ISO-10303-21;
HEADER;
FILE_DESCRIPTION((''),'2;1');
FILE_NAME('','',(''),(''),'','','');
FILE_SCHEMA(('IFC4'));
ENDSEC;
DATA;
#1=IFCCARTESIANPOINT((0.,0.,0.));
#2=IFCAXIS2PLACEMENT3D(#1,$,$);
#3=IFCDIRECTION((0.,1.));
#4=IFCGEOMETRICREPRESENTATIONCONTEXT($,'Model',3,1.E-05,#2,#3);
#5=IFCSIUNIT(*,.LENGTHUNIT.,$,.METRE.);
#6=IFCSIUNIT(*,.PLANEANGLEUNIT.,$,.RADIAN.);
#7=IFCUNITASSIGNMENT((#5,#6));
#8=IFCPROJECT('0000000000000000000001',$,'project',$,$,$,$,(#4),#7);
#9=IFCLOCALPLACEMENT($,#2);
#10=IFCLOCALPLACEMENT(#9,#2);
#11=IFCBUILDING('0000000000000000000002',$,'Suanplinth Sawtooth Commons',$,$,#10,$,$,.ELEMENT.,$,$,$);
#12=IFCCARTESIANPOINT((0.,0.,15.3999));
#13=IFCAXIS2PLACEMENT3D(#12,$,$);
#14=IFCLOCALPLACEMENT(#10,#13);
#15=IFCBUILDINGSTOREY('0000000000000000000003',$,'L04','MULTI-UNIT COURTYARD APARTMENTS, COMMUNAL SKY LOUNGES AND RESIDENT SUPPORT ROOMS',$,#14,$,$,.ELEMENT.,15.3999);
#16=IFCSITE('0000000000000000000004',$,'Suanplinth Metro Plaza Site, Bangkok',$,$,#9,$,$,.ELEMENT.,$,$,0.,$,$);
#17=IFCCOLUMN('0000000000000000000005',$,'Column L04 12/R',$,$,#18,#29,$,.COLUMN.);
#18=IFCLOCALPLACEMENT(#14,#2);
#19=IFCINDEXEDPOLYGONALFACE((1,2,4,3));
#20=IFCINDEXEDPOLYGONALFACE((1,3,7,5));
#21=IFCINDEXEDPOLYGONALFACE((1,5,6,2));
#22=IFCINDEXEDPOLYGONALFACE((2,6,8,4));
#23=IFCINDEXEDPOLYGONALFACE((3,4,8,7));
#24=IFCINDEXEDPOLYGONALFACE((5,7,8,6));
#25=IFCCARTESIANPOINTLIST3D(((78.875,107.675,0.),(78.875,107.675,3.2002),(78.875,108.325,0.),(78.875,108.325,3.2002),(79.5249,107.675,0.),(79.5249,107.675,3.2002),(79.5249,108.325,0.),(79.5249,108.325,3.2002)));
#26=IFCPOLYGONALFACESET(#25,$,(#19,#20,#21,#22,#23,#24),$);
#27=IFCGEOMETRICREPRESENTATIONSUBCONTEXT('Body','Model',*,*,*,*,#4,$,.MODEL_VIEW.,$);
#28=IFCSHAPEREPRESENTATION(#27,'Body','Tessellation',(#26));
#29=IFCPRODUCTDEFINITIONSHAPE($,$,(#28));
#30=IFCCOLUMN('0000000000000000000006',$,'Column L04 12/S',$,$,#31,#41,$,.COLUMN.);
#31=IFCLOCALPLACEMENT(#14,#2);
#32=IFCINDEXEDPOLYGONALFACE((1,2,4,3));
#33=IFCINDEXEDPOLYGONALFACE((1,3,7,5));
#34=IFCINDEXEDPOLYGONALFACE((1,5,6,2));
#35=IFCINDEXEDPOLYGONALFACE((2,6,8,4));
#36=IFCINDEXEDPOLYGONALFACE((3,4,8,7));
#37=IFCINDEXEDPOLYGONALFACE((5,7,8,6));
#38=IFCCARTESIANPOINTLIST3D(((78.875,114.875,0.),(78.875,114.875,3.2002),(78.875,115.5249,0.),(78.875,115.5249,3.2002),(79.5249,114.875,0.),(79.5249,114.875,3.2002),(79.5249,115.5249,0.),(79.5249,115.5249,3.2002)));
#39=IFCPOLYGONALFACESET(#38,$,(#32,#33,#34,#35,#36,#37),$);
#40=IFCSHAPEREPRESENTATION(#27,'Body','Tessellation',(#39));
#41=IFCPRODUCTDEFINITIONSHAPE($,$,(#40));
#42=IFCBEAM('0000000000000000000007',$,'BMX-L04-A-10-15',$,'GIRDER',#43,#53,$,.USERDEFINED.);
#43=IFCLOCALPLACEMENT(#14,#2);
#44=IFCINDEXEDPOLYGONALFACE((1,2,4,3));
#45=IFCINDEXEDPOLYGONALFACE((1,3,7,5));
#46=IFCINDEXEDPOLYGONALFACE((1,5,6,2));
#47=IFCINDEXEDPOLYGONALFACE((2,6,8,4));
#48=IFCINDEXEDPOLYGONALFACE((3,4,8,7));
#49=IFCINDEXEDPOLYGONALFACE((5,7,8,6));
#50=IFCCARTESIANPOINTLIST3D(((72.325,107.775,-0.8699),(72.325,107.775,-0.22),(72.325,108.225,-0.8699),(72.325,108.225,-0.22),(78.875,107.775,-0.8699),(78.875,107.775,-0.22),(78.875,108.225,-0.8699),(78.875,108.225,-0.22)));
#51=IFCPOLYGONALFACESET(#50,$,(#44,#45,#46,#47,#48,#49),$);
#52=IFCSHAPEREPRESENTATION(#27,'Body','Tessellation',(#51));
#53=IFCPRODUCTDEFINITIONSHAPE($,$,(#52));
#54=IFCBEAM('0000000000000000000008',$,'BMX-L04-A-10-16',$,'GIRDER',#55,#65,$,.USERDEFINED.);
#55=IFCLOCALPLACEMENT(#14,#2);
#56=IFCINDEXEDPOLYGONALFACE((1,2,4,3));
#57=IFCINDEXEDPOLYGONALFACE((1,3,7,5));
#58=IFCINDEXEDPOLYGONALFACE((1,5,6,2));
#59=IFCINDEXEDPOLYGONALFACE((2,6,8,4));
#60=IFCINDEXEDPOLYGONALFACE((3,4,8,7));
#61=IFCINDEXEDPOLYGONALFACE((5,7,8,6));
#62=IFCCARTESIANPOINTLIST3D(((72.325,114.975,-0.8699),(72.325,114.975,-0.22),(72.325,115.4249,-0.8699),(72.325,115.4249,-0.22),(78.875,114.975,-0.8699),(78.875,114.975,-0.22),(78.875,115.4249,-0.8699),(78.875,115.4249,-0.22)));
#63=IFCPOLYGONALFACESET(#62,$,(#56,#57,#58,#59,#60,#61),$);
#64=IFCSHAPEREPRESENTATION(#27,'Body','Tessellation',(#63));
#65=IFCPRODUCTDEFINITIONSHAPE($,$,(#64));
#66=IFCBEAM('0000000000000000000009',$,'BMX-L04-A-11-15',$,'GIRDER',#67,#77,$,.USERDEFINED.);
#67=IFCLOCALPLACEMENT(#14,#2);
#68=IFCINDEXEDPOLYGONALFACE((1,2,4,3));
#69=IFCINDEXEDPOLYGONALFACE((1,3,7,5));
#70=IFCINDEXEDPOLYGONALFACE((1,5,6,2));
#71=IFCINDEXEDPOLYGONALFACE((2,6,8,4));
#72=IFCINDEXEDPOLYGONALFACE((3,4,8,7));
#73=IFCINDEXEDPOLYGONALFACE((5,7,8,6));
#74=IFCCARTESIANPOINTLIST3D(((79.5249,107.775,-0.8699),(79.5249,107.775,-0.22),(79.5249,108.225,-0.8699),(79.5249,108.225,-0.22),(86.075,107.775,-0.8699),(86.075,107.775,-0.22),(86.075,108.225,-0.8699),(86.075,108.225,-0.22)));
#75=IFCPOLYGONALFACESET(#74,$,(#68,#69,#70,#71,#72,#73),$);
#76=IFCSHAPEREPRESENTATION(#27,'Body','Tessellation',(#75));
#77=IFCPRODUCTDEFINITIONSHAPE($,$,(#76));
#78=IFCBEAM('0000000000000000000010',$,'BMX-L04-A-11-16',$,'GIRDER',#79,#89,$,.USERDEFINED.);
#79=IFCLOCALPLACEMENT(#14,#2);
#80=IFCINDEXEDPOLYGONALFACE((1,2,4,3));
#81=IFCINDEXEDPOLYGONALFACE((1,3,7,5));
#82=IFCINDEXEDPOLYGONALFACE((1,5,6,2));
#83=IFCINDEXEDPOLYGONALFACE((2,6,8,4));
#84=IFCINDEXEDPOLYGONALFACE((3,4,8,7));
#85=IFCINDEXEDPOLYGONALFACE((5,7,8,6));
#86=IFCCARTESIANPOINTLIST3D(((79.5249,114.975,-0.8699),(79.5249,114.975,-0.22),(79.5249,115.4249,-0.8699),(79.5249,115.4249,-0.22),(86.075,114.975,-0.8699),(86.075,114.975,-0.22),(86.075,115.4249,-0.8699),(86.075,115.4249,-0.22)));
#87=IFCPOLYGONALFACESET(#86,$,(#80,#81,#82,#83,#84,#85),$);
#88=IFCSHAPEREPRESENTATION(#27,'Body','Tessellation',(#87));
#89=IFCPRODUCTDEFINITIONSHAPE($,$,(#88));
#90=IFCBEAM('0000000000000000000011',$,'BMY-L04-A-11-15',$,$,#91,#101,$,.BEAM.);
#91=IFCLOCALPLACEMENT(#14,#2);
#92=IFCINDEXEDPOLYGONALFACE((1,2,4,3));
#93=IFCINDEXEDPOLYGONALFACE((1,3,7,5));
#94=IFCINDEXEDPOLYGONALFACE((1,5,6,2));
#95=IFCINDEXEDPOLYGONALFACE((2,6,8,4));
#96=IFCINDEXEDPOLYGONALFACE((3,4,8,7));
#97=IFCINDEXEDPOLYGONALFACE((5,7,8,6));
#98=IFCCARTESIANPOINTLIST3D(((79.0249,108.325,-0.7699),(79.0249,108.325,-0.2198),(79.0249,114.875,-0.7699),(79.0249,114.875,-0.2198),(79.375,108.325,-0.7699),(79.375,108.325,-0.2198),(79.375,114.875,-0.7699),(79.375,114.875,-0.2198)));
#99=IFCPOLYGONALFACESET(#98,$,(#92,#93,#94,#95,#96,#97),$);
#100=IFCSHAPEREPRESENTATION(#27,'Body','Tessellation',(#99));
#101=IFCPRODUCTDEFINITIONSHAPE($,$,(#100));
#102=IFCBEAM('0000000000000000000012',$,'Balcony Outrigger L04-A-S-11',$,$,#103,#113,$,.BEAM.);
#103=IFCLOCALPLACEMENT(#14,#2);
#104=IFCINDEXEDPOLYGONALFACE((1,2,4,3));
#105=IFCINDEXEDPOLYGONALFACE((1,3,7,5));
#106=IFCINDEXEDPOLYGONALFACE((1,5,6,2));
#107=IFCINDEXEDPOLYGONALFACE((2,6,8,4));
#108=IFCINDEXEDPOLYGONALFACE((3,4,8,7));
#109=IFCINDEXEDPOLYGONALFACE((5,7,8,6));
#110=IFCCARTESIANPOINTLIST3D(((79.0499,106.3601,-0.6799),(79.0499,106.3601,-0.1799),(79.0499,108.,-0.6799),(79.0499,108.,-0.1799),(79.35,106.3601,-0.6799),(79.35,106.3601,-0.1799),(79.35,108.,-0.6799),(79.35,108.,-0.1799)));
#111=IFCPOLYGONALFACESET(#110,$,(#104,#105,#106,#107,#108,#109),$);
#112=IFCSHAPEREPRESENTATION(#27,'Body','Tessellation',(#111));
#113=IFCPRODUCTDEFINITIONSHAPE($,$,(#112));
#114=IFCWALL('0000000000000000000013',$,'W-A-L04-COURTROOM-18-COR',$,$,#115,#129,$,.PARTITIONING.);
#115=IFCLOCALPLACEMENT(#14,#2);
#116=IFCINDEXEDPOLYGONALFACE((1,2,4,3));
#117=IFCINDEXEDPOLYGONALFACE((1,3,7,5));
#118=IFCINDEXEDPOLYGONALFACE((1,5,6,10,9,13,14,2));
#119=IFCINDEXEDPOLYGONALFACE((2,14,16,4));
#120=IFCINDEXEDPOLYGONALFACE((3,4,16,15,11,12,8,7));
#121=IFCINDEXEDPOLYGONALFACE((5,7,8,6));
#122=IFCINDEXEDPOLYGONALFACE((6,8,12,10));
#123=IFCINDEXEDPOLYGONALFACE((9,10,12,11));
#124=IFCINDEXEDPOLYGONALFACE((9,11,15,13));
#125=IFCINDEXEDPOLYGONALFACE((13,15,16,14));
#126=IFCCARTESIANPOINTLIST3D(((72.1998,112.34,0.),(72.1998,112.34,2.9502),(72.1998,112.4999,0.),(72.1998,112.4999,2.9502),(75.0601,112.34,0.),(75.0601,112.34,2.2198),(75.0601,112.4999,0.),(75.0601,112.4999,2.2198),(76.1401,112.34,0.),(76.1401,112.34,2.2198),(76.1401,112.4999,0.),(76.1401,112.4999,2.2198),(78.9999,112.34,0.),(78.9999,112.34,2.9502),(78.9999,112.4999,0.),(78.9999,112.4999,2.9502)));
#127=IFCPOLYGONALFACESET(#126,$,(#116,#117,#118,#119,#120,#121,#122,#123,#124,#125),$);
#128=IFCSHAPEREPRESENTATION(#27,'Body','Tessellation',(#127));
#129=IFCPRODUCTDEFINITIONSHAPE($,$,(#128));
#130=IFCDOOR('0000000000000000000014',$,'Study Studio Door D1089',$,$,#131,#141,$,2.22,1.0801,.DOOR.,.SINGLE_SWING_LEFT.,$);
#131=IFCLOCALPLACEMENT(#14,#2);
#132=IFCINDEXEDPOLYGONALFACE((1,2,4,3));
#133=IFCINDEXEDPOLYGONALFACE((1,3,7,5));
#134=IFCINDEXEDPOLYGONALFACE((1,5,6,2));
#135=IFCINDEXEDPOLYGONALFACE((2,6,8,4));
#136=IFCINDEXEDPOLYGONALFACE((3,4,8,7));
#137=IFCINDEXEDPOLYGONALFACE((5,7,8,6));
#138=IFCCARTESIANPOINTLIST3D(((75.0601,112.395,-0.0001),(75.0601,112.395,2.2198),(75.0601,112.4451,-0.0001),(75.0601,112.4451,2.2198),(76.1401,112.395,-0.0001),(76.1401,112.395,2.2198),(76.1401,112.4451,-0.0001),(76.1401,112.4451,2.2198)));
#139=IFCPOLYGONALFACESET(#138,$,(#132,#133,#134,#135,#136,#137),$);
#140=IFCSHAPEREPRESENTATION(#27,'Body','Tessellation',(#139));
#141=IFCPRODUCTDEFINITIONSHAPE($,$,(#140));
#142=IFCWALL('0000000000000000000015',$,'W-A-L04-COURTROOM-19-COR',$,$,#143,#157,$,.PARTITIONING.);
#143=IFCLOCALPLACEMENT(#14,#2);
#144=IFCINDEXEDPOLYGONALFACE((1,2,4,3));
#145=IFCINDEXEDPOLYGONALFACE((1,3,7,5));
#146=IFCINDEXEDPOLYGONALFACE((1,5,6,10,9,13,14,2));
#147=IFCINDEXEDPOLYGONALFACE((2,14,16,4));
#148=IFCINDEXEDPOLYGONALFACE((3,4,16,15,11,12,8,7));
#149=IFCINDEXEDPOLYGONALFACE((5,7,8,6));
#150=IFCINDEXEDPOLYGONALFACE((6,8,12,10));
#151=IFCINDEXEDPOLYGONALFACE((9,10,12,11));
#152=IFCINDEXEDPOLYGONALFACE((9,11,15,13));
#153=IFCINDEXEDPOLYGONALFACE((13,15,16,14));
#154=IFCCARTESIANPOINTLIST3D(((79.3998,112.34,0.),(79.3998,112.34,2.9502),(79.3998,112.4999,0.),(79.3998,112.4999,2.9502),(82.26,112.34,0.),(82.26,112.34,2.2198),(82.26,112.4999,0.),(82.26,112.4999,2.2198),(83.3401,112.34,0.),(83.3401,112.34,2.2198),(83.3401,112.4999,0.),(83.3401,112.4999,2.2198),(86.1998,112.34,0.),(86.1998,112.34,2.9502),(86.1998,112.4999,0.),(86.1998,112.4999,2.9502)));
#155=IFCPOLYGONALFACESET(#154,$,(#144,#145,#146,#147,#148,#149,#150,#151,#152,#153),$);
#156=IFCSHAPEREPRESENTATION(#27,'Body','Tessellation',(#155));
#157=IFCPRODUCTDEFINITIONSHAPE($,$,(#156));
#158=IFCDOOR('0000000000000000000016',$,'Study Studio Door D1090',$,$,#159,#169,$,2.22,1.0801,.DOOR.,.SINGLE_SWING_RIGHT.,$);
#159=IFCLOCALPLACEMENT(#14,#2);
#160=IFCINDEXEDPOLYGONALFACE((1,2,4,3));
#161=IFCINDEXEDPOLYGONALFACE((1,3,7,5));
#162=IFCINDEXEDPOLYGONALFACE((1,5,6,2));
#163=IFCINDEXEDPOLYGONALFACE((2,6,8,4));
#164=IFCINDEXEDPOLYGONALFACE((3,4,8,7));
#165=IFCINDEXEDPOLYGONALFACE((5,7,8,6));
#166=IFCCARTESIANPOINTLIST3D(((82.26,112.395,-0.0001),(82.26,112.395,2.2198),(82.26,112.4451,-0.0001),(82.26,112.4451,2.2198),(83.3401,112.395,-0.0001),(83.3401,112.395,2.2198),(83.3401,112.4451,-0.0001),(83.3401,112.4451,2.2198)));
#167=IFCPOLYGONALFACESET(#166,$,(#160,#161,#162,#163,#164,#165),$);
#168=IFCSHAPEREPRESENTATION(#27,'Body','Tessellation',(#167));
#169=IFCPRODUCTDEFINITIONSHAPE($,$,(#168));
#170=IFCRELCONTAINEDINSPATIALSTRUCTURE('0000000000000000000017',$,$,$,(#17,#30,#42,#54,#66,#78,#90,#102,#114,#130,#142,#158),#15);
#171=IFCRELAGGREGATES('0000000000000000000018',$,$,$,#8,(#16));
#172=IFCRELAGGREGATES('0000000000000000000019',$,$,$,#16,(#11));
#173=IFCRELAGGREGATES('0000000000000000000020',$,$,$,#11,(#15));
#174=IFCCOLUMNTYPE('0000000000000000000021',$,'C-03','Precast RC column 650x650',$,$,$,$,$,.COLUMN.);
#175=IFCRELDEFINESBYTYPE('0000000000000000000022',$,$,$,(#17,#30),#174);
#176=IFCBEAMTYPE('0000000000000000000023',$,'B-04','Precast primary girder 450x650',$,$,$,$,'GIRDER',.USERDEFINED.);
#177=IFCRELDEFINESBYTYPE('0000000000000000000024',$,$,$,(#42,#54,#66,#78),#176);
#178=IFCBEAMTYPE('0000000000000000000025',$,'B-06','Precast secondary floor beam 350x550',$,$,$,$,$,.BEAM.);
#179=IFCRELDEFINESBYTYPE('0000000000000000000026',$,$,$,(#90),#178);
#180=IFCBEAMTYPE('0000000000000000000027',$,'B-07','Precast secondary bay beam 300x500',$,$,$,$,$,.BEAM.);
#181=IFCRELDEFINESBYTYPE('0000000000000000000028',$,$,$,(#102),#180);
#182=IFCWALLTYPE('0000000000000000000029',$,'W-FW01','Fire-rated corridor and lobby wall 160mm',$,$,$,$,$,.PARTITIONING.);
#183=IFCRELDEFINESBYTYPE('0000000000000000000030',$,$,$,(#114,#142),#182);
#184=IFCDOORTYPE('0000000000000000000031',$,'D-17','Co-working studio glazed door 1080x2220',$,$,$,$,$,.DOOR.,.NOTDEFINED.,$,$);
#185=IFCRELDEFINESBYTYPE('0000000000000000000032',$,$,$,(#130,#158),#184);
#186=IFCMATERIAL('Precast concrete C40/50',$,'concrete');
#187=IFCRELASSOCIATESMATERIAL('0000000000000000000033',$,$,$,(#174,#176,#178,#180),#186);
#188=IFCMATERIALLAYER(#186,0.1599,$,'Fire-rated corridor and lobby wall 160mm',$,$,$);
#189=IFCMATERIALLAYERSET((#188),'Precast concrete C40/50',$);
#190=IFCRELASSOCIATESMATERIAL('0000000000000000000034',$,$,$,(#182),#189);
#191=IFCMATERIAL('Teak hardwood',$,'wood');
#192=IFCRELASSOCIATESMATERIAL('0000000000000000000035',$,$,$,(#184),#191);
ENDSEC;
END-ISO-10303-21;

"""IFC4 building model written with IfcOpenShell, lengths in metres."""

from ifc_helpers import new_model, si_unit, direction, frame, frame_2d, origin, origin_2d, place, context, subcontext, project, spatial, rectangle, extrude, material, layer, layer_set, material_profile, profile_set, type_object, element, fill, save


model = new_model("IFC4")

# Units and contexts
model_context = context("Model", 3, precision=1e-05, world=origin(), true_north=direction((0.0, 1.0)))
body_context = subcontext(model_context, "Body", "Model", "MODEL_VIEW")
ifc_project = project(units=[si_unit("LENGTHUNIT", "METRE"), si_unit("PLANEANGLEUNIT", "RADIAN")], contexts=[model_context])

# Site, building, storey
site_placement = place(None, origin())
site = spatial("IfcSite", under=ifc_project, at=site_placement, Name="Suanplinth Metro Plaza Site, Bangkok", CompositionType="ELEMENT", RefElevation=0.0)
building_placement = place(site_placement, origin())
building = spatial("IfcBuilding", under=site, at=building_placement, Name="Suanplinth Sawtooth Commons", CompositionType="ELEMENT")
storey_placement = place(building_placement, frame((0.0, 0.0, 15.3999)))
storey = spatial("IfcBuildingStorey", under=building, at=storey_placement, Name="L04", Description="MULTI-UNIT COURTYARD APARTMENTS, COMMUNAL SKY LOUNGES AND RESIDENT SUPPORT ROOMS", CompositionType="ELEMENT", Elevation=15.3999)

# Columns
ifc_material_1 = material(Name="Precast concrete C40/50", Category="concrete")
ifc_material_profile_1 = material_profile(ifc_material_1, rectangle(XDim=0.6499, YDim=0.6499, at=origin_2d()), Name="PC-COL 650x650")
ifc_profile_set_1 = profile_set([ifc_material_profile_1], Name="Precast concrete C40/50")
column_type = type_object("IfcColumnType", Name="C-03", Description="Precast RC column 650x650", PredefinedType="COLUMN", material=ifc_profile_set_1)
for number, where, z_axis, x_axis, name in (
    (1, (79.2, 108.0, 0.0), (0.0, 0.0, 1.0), (1.0, 0.0, 0.0), "Column L04 12/R"),
    (2, (79.2, 115.2, 0.0), (0.0, 0.0, 1.0), (1.0, 0.0, 0.0), "Column L04 12/S"),
):
    element("IfcColumn", number, at=place(storey_placement, frame(where, z_axis=z_axis, x_axis=x_axis)), inside=storey, type_object=column_type, Name=name, PredefinedType="COLUMN", context=body_context, shape_type="SweptSolid", body=[
        extrude(rectangle(XDim=0.6499, YDim=0.6499, at=origin_2d()), origin(), (0.0, 0.0, 1.0), 3.2002),
    ])

# Beams
ifc_material_profile_2 = material_profile(ifc_material_1, rectangle(XDim=0.45, YDim=0.6499, at=origin_2d()), Name="PC-GDR 450x650")
ifc_profile_set_2 = profile_set([ifc_material_profile_2], Name="Precast concrete C40/50")
beam_type_1 = type_object("IfcBeamType", Name="B-04", Description="Precast primary girder 450x650", ElementType="GIRDER", PredefinedType="USERDEFINED", material=ifc_profile_set_2)
for number, where, z_axis, x_axis, name in (
    (3, (72.325, 108.0, -0.5449), (1.0, 0.0, 0.0), (0.0, 1.0, 0.0), "BMX-L04-A-10-15"),
    (4, (72.325, 115.2, -0.5449), (1.0, 0.0, 0.0), (0.0, 1.0, 0.0), "BMX-L04-A-10-16"),
    (5, (79.5249, 108.0, -0.5449), (1.0, 0.0, 0.0), (0.0, 1.0, 0.0), "BMX-L04-A-11-15"),
    (6, (79.5249, 115.2, -0.5449), (1.0, 0.0, 0.0), (0.0, 1.0, 0.0), "BMX-L04-A-11-16"),
):
    element("IfcBeam", number, at=place(storey_placement, frame(where, z_axis=z_axis, x_axis=x_axis)), inside=storey, type_object=beam_type_1, Name=name, ObjectType="GIRDER", PredefinedType="USERDEFINED", context=body_context, shape_type="SweptSolid", body=[
        extrude(rectangle(XDim=0.45, YDim=0.6499, at=origin_2d()), origin(), (0.0, 0.0, 1.0), 6.55),
    ])
ifc_material_profile_3 = material_profile(ifc_material_1, rectangle(XDim=0.3501, YDim=0.55, at=origin_2d()), Name="PC-BM 350x550")
ifc_profile_set_3 = profile_set([ifc_material_profile_3], Name="Precast concrete C40/50")
beam_type_2 = type_object("IfcBeamType", Name="B-06", Description="Precast secondary floor beam 350x550", PredefinedType="BEAM", material=ifc_profile_set_3)
beam_1_placement = place(storey_placement, frame((79.2, 108.325, -0.4949), z_axis=(0.0, 1.0, 0.0), x_axis=(-1.0, 0.0, 0.0)))
element("IfcBeam", 7, at=beam_1_placement, inside=storey, type_object=beam_type_2, Name="BMY-L04-A-11-15", PredefinedType="BEAM", context=body_context, shape_type="SweptSolid", body=[
    extrude(rectangle(XDim=0.3501, YDim=0.55, at=origin_2d()), origin(), (0.0, 0.0, 1.0), 6.55),
])
ifc_material_profile_4 = material_profile(ifc_material_1, rectangle(XDim=0.3, YDim=0.5, at=origin_2d()), Name="PC-BM 300x500")
ifc_profile_set_4 = profile_set([ifc_material_profile_4], Name="Precast concrete C40/50")
beam_type_3 = type_object("IfcBeamType", Name="B-07", Description="Precast secondary bay beam 300x500", PredefinedType="BEAM", material=ifc_profile_set_4)
beam_2_placement = place(storey_placement, frame((79.2, 108.0, -0.4299), z_axis=(0.0, -1.0, 0.0), x_axis=(1.0, 0.0, 0.0)))
element("IfcBeam", 8, at=beam_2_placement, inside=storey, type_object=beam_type_3, Name="Balcony Outrigger L04-A-S-11", PredefinedType="BEAM", context=body_context, shape_type="SweptSolid", body=[
    extrude(rectangle(XDim=0.3, YDim=0.5, at=origin_2d()), origin(), (0.0, 0.0, 1.0), 1.6399),
])

# Walls, openings, doors
ifc_layer_1 = layer(ifc_material_1, 0.1599, Name="Fire-rated corridor and lobby wall 160mm")
ifc_layer_set_1 = layer_set([ifc_layer_1], Name="Precast concrete C40/50")
wall_type_1 = type_object("IfcWallType", Name="W-FW01", Description="Fire-rated corridor and lobby wall 160mm", PredefinedType="PARTITIONING", material=ifc_layer_set_1)
wall_1_placement = place(storey_placement, frame((72.2, 112.4199, 0.0), z_axis=(0.0, 0.0, 1.0), x_axis=(1.0, 0.0, 0.0)))
wall_1 = element("IfcWall", 9, at=wall_1_placement, inside=storey, type_object=wall_type_1, Name="W-A-L04-COURTROOM-18-COR", PredefinedType="PARTITIONING", context=body_context, shape_type="SweptSolid", body=[
    extrude(rectangle(XDim=6.8, YDim=0.1599, at=frame_2d((3.3999, 0.0))), origin(), (0.0, 0.0, 1.0), 2.9502),
])
opening_1_placement = place(wall_1_placement, frame((2.8601, 0.0, 0.0)))
opening_1 = element("IfcOpeningElement", 10, at=opening_1_placement, cuts=wall_1, PredefinedType="OPENING", context=body_context, shape_type="SweptSolid", body=[
    extrude(rectangle(XDim=1.0801, YDim=2.22, at=frame_2d((0.54, 1.1099))), frame((0.0, 0.0947, 0.0), z_axis=(0.0, -1.0, 0.0), x_axis=(1.0, 0.0, 0.0)), (0.0, 0.0, 1.0), 0.1897),
])
ifc_material_2 = material(Name="Teak hardwood", Category="wood")
door_type_1 = type_object("IfcDoorType", Name="D-17", Description="Co-working studio glazed door 1080x2220", OperationType="NOTDEFINED", PredefinedType="DOOR", material=ifc_material_2)
door_1_placement = place(opening_1_placement, frame((1.0801, 0.0, 0.0), z_axis=(0.0, 0.0, 1.0), x_axis=(-1.0, 0.0, 0.0)))
door_1 = element("IfcDoor", 11, at=door_1_placement, inside=storey, type_object=door_type_1, Name="Study Studio Door D1089", OperationType="SINGLE_SWING_LEFT", OverallHeight=2.22, OverallWidth=1.0801, PredefinedType="DOOR", context=body_context, shape_type="SweptSolid", body=[
    extrude(rectangle(XDim=1.0801, YDim=2.22, at=frame_2d((0.54, 1.1099))), frame((0.0, 0.0249, 0.0), z_axis=(0.0, -1.0, 0.0), x_axis=(1.0, 0.0, 0.0)), (0.0, 0.0, 1.0), 0.05),
])
fill(opening_1, door_1)
wall_2_placement = place(storey_placement, frame((79.3999, 112.4199, 0.0), z_axis=(0.0, 0.0, 1.0), x_axis=(1.0, 0.0, 0.0)))
wall_2 = element("IfcWall", 12, at=wall_2_placement, inside=storey, type_object=wall_type_1, Name="W-A-L04-COURTROOM-19-COR", PredefinedType="PARTITIONING", context=body_context, shape_type="SweptSolid", body=[
    extrude(rectangle(XDim=6.8, YDim=0.1599, at=frame_2d((3.3999, 0.0))), origin(), (0.0, 0.0, 1.0), 2.9502),
])
opening_2_placement = place(wall_2_placement, frame((2.8601, 0.0, 0.0)))
opening_2 = element("IfcOpeningElement", 13, at=opening_2_placement, cuts=wall_2, PredefinedType="OPENING", context=body_context, shape_type="SweptSolid", body=[
    extrude(rectangle(XDim=1.0801, YDim=2.22, at=frame_2d((0.54, 1.1099))), frame((0.0, 0.0947, 0.0), z_axis=(0.0, -1.0, 0.0), x_axis=(1.0, 0.0, 0.0)), (0.0, 0.0, 1.0), 0.1897),
])
door_2_placement = place(opening_2_placement, frame((1.0801, 0.0, 0.0), z_axis=(0.0, 0.0, 1.0), x_axis=(-1.0, 0.0, 0.0)))
door_2 = element("IfcDoor", 14, at=door_2_placement, inside=storey, type_object=door_type_1, Name="Study Studio Door D1090", OperationType="SINGLE_SWING_RIGHT", OverallHeight=2.22, OverallWidth=1.0801, PredefinedType="DOOR", context=body_context, shape_type="SweptSolid", body=[
    extrude(rectangle(XDim=1.0801, YDim=2.22, at=frame_2d((0.54, 1.1099))), frame((0.0, 0.0249, 0.0), z_axis=(0.0, -1.0, 0.0), x_axis=(1.0, 0.0, 0.0)), (0.0, 0.0, 1.0), 0.05),
])
fill(opening_2, door_2)

save(model, "model.ifc")
